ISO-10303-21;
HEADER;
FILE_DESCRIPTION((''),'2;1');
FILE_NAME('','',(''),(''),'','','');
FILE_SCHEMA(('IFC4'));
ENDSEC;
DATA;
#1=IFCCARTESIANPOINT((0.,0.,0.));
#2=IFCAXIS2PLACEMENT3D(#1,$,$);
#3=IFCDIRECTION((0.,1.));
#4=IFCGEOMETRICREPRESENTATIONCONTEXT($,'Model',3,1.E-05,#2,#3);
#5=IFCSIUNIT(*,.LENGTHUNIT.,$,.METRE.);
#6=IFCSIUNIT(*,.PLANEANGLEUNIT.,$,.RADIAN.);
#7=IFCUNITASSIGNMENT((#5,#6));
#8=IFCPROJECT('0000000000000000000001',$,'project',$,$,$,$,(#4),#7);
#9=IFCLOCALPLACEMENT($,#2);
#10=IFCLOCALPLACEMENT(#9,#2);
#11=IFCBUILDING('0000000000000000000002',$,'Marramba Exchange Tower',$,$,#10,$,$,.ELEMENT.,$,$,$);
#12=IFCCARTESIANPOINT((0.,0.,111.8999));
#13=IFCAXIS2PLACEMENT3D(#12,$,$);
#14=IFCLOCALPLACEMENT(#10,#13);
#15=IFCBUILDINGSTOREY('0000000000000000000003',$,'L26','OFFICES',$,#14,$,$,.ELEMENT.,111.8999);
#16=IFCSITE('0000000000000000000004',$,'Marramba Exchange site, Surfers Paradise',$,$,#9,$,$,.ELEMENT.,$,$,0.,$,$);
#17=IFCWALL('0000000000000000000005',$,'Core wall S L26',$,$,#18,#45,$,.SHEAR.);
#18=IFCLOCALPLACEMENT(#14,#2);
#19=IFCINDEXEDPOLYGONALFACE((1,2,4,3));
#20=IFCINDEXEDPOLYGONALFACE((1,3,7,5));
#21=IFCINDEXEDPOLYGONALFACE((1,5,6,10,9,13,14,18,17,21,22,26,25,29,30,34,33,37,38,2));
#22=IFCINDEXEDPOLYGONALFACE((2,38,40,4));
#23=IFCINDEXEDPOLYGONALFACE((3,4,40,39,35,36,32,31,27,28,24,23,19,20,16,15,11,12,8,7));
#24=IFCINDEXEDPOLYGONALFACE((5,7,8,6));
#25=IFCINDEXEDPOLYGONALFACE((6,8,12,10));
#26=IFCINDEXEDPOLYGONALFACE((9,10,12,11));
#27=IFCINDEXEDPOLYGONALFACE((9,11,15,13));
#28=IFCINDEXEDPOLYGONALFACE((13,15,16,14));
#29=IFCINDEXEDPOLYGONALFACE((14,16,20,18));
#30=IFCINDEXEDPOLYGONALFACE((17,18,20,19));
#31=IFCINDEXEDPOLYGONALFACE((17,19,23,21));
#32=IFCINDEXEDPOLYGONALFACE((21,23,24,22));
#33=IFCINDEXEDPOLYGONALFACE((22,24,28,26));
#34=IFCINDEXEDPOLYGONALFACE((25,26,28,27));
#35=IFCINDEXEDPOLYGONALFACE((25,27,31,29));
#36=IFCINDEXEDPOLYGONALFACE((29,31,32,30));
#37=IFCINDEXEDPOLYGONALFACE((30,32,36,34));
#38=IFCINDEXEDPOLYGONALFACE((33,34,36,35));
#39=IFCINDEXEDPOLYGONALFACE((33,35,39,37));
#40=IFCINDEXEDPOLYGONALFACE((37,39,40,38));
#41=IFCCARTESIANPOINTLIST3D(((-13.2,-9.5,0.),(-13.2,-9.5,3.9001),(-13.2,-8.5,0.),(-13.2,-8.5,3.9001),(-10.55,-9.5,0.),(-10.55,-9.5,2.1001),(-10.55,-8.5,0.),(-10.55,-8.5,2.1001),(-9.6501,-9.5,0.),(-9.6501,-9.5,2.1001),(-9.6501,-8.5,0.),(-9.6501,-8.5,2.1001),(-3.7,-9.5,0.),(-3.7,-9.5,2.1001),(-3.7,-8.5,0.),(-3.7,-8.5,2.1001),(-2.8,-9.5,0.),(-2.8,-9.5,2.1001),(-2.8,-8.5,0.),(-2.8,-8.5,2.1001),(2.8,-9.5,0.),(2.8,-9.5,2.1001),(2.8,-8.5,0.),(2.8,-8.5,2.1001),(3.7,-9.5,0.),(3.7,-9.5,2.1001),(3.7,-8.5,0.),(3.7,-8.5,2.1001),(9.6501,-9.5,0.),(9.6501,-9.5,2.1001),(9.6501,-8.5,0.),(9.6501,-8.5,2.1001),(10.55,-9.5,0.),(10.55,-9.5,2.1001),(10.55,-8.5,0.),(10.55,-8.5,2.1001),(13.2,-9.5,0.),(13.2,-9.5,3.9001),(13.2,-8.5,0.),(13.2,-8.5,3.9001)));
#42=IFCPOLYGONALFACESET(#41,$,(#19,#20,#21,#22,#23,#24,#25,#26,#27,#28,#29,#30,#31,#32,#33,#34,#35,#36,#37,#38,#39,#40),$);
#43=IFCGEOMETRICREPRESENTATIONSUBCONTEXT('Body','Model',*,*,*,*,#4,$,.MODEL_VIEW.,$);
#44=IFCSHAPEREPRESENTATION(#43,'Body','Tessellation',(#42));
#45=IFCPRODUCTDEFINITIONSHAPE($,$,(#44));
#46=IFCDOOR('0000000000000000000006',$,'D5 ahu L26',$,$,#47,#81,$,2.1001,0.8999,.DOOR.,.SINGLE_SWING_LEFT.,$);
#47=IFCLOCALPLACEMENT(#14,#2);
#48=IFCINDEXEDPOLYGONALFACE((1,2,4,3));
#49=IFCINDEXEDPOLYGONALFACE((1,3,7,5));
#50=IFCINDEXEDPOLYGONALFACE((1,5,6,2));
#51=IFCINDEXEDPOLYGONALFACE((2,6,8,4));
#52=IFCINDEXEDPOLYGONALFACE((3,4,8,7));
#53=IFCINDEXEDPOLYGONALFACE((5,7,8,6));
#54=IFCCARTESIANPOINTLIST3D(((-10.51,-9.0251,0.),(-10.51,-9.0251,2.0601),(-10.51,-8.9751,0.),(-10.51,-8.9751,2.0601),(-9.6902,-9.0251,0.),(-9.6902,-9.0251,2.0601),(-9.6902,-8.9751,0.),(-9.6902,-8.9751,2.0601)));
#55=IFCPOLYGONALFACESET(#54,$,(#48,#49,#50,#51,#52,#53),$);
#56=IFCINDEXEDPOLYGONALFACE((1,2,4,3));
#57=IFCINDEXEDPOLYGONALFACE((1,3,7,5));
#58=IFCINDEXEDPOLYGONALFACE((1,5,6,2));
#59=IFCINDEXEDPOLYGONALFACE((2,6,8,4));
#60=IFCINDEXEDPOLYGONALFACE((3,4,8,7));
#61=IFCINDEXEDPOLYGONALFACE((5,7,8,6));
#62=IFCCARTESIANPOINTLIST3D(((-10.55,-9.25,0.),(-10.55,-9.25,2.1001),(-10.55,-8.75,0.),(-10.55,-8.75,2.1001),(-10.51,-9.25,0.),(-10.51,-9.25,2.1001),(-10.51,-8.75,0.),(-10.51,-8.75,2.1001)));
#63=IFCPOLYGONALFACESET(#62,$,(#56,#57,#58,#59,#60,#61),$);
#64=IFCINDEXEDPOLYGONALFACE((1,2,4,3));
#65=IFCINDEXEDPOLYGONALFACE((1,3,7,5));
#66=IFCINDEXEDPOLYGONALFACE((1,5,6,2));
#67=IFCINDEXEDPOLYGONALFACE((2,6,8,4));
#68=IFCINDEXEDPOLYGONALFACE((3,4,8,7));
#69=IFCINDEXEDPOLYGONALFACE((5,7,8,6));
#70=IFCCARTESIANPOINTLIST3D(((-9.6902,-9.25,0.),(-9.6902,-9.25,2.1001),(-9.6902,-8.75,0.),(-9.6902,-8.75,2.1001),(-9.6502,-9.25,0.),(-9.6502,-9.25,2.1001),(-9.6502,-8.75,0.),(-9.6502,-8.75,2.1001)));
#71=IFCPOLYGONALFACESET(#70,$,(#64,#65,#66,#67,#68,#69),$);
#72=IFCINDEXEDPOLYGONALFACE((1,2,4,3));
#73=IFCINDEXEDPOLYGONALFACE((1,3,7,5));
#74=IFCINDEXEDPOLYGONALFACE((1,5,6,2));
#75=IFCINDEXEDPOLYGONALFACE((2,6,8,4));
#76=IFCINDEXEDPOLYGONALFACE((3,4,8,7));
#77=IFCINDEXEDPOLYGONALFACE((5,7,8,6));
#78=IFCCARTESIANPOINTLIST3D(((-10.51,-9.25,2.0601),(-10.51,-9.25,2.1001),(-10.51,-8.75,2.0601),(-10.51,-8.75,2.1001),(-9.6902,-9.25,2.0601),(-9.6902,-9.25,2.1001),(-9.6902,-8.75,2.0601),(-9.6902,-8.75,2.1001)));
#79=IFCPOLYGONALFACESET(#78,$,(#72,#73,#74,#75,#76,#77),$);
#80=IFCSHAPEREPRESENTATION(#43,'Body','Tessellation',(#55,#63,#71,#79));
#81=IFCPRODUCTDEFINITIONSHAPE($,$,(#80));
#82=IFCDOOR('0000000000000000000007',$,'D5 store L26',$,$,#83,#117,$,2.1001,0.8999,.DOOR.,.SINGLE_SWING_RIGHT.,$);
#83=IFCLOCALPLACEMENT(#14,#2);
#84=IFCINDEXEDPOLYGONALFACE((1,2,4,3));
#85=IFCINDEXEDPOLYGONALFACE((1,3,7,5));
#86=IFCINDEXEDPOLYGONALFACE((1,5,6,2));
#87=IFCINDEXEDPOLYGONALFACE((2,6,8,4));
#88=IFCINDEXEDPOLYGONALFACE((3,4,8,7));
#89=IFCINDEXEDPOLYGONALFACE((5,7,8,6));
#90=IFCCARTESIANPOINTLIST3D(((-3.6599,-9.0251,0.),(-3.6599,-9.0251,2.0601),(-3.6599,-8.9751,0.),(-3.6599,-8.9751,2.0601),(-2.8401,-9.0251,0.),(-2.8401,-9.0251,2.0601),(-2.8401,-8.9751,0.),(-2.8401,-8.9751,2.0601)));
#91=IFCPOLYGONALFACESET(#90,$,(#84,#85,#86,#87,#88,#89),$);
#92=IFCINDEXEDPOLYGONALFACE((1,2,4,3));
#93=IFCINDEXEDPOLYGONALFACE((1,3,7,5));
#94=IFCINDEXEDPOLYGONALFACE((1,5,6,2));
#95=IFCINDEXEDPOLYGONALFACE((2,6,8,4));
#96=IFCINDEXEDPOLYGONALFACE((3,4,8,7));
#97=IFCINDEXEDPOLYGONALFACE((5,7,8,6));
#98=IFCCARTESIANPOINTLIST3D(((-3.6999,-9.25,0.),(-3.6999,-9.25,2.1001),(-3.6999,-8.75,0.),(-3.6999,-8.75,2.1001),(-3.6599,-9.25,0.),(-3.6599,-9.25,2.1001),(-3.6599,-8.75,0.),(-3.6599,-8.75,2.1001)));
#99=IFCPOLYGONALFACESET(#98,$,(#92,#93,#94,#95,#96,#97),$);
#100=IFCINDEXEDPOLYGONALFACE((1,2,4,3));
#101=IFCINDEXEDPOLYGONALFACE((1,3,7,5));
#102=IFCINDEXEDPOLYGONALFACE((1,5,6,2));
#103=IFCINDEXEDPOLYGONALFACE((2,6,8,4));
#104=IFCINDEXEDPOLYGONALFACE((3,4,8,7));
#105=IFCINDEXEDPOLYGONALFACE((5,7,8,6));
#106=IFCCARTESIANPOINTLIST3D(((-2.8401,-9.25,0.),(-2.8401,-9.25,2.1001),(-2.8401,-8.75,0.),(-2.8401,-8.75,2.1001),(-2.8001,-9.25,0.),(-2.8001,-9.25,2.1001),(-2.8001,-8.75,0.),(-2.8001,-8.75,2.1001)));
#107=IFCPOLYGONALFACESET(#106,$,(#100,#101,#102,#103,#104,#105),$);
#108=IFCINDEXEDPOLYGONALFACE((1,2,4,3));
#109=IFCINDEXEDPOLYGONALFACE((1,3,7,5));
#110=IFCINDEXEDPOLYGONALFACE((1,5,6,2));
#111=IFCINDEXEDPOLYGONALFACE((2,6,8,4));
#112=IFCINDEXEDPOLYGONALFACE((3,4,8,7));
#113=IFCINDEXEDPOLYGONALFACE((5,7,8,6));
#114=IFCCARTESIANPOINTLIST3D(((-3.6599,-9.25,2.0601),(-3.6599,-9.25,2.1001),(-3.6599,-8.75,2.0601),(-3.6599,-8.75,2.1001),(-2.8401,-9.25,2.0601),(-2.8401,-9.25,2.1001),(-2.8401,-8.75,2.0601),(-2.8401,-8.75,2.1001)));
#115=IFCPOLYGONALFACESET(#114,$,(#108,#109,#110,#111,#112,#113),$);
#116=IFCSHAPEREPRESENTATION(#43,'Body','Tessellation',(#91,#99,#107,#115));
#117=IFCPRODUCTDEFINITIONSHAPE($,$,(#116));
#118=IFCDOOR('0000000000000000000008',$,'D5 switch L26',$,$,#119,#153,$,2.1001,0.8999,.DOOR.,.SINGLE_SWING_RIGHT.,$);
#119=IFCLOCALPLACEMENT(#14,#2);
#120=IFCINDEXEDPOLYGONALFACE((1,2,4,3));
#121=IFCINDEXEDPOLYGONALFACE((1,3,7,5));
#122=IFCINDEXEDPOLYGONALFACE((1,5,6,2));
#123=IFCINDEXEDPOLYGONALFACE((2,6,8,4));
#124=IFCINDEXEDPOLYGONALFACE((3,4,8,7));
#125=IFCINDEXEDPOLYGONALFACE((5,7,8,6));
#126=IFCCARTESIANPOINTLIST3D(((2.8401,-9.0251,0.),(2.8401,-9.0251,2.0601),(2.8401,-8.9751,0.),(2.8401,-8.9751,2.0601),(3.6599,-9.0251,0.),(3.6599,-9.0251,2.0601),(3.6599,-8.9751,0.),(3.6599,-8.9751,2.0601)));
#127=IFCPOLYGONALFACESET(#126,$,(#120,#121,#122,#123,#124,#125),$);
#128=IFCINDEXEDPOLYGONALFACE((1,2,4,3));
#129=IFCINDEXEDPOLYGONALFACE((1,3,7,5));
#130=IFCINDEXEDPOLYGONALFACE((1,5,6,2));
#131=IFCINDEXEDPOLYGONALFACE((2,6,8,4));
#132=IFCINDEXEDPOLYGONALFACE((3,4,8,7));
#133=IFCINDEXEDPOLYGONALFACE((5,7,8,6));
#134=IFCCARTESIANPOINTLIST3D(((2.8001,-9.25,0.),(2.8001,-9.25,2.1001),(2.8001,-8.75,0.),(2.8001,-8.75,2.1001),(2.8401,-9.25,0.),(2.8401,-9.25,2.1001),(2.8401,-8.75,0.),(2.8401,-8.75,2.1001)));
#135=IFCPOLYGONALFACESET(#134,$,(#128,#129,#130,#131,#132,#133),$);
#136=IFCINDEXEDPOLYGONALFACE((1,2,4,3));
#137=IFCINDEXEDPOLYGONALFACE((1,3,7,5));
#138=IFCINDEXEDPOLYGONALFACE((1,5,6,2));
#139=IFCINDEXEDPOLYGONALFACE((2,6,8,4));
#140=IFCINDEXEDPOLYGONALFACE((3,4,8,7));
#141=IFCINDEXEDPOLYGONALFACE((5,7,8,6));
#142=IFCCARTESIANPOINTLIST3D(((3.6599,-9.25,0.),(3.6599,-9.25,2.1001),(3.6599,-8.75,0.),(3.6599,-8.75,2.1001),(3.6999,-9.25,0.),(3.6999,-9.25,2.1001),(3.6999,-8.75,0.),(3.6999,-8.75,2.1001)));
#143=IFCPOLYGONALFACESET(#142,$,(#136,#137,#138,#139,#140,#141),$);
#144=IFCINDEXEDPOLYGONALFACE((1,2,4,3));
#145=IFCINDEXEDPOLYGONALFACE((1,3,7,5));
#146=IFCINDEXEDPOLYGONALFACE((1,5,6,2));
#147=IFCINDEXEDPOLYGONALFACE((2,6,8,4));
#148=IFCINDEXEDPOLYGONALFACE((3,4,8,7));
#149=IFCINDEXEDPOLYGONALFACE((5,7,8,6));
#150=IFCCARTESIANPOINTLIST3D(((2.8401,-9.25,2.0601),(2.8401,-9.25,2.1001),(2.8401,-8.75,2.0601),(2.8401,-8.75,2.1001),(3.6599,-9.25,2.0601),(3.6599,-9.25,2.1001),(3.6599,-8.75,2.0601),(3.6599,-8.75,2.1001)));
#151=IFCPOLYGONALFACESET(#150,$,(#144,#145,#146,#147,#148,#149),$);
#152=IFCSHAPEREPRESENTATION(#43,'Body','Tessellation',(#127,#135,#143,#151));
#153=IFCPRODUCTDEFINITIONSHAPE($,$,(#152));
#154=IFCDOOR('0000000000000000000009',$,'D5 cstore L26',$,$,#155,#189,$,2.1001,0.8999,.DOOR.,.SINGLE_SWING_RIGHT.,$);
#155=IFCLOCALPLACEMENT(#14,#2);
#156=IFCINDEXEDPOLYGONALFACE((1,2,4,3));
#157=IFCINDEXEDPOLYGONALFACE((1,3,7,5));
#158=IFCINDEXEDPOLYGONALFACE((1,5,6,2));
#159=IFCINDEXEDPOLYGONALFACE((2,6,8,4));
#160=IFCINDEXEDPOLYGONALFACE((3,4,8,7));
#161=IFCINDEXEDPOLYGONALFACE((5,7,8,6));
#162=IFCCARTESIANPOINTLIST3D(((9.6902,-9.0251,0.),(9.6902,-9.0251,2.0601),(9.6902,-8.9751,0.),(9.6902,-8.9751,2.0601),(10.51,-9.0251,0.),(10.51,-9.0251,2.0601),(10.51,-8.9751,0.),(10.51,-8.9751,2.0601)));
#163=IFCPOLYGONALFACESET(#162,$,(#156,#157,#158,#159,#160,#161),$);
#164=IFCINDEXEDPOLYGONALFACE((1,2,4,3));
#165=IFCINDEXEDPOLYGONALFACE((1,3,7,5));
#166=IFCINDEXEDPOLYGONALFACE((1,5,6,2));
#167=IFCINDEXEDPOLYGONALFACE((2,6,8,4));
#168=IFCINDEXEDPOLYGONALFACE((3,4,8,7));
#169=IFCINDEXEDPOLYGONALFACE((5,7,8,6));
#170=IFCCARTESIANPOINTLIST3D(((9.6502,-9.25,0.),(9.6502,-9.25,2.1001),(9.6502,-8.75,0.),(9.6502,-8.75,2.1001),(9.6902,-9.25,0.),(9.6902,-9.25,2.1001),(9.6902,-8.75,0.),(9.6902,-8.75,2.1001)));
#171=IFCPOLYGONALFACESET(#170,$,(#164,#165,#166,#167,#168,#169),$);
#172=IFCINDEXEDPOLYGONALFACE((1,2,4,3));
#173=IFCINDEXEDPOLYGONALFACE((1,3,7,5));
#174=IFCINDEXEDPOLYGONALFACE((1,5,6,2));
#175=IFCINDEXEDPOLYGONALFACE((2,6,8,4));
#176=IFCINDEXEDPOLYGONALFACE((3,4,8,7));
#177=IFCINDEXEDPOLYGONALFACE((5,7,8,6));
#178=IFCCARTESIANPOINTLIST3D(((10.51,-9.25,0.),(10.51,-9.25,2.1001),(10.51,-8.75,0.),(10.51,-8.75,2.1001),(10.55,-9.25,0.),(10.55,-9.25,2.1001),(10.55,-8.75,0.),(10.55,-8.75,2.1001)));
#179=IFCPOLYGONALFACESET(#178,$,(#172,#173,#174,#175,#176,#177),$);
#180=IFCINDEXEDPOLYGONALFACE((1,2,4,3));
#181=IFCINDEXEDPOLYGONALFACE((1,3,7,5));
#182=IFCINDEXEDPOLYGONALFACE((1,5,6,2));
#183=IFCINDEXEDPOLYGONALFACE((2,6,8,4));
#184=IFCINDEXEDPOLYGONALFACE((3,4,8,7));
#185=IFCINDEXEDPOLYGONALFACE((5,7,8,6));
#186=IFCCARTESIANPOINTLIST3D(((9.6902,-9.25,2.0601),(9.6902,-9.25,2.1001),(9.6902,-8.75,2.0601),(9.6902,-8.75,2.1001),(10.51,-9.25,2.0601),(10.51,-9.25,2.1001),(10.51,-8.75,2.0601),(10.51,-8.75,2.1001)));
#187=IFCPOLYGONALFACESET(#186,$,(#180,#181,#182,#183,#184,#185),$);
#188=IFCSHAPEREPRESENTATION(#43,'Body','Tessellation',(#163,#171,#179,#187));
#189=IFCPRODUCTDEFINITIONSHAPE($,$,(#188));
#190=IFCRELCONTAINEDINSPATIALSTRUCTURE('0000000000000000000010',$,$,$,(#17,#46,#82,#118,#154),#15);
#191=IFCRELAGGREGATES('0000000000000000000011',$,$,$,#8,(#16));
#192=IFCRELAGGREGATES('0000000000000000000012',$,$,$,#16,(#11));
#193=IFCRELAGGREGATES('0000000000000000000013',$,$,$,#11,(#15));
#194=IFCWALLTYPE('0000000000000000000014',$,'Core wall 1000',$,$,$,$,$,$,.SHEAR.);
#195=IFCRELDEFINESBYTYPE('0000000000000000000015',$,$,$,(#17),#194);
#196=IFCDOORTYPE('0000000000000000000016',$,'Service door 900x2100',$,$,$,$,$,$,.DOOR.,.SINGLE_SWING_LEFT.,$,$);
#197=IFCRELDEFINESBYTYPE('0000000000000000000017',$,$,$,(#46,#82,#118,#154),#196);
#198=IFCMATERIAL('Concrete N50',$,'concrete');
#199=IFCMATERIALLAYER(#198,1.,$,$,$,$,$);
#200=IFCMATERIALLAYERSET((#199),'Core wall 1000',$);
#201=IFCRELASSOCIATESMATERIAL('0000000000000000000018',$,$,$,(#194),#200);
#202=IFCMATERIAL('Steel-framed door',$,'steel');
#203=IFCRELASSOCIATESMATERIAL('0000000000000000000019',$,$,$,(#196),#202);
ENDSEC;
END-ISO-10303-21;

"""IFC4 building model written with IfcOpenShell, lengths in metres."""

from ifc_helpers import new_model, si_unit, direction, frame, frame_2d, origin, place, context, subcontext, project, spatial, rectangle, extrude, material, layer, layer_set, type_object, element, fill, save


model = new_model("IFC4")

# Units and contexts
model_context = context("Model", 3, precision=1e-05, world=origin(), true_north=direction((0.0, 1.0)))
body_context = subcontext(model_context, "Body", "Model", "MODEL_VIEW")
ifc_project = project(units=[si_unit("LENGTHUNIT", "METRE"), si_unit("PLANEANGLEUNIT", "RADIAN")], contexts=[model_context])

# Site, building, storey
site_placement = place(None, origin())
site = spatial("IfcSite", under=ifc_project, at=site_placement, Name="Marramba Exchange site, Surfers Paradise", CompositionType="ELEMENT", RefElevation=0.0)
building_placement = place(site_placement, origin())
building = spatial("IfcBuilding", under=site, at=building_placement, Name="Marramba Exchange Tower", CompositionType="ELEMENT")
storey_placement = place(building_placement, frame((0.0, 0.0, 111.8999)))
storey = spatial("IfcBuildingStorey", under=building, at=storey_placement, Name="L26", Description="OFFICES", CompositionType="ELEMENT", Elevation=111.8999)

# Shared definitions
ifc_material_1 = material(Name="Concrete N50", Category="concrete")

# Wall, openings, doors
ifc_layer_1 = layer(ifc_material_1, 1.0)
ifc_layer_set_1 = layer_set([ifc_layer_1], Name="Core wall 1000")
wall_type_1 = type_object("IfcWallType", Name="Core wall 1000", PredefinedType="SHEAR", material=ifc_layer_set_1)
wall_1_placement = place(storey_placement, frame((-13.2, -9.0, 0.0), z_axis=(0.0, 0.0, 1.0), x_axis=(1.0, 0.0, 0.0)))
wall_1 = element("IfcWall", 1, at=wall_1_placement, inside=storey, type_object=wall_type_1, Name="Core wall S L26", PredefinedType="SHEAR", context=body_context, shape_type="SweptSolid", body=[
    extrude(rectangle(XDim=26.3999, YDim=1.0, at=frame_2d((13.2, 0.0))), origin(), (0.0, 0.0, 1.0), 3.9001),
])
opening_1_placement = place(wall_1_placement, frame((2.6499, 0.0, 0.0)))
opening_1 = element("IfcOpeningElement", 2, at=opening_1_placement, cuts=wall_1, PredefinedType="OPENING", context=body_context, shape_type="SweptSolid", body=[
    extrude(rectangle(XDim=0.8999, YDim=2.1001, at=frame_2d((0.45, 1.05))), frame((0.0, 0.51, 0.0), z_axis=(0.0, -1.0, 0.0), x_axis=(1.0, 0.0, 0.0)), (0.0, 0.0, 1.0), 1.02),
])
opening_2_placement = place(wall_1_placement, frame((9.5, 0.0, 0.0)))
opening_2 = element("IfcOpeningElement", 3, at=opening_2_placement, cuts=wall_1, PredefinedType="OPENING", context=body_context, shape_type="SweptSolid", body=[
    extrude(rectangle(XDim=0.8999, YDim=2.1001, at=frame_2d((0.45, 1.05))), frame((0.0, 0.51, 0.0), z_axis=(0.0, -1.0, 0.0), x_axis=(1.0, 0.0, 0.0)), (0.0, 0.0, 1.0), 1.02),
])
opening_3_placement = place(wall_1_placement, frame((16.0, 0.0, 0.0)))
opening_3 = element("IfcOpeningElement", 4, at=opening_3_placement, cuts=wall_1, PredefinedType="OPENING", context=body_context, shape_type="SweptSolid", body=[
    extrude(rectangle(XDim=0.8999, YDim=2.1001, at=frame_2d((0.45, 1.05))), frame((0.0, 0.51, 0.0), z_axis=(0.0, -1.0, 0.0), x_axis=(1.0, 0.0, 0.0)), (0.0, 0.0, 1.0), 1.02),
])
opening_4_placement = place(wall_1_placement, frame((22.8501, 0.0, 0.0)))
opening_4 = element("IfcOpeningElement", 5, at=opening_4_placement, cuts=wall_1, PredefinedType="OPENING", context=body_context, shape_type="SweptSolid", body=[
    extrude(rectangle(XDim=0.8999, YDim=2.1001, at=frame_2d((0.45, 1.05))), frame((0.0, 0.51, 0.0), z_axis=(0.0, -1.0, 0.0), x_axis=(1.0, 0.0, 0.0)), (0.0, 0.0, 1.0), 1.02),
])
ifc_material_2 = material(Name="Steel-framed door", Category="steel")
door_type = type_object("IfcDoorType", Name="Service door 900x2100", OperationType="SINGLE_SWING_LEFT", PredefinedType="DOOR", material=ifc_material_2)
door_1_placement = place(opening_1_placement, origin())
door_1 = element("IfcDoor", 6, at=door_1_placement, inside=storey, type_object=door_type, Name="D5 ahu L26", OperationType="SINGLE_SWING_LEFT", OverallHeight=2.1001, OverallWidth=0.8999, PredefinedType="DOOR", context=body_context, shape_type="SweptSolid", body=[
    extrude(rectangle(XDim=0.8198, YDim=2.0601, at=frame_2d((0.45, 1.03))), frame((0.0, 0.0249, 0.0), z_axis=(0.0, -1.0, 0.0), x_axis=(1.0, 0.0, 0.0)), (0.0, 0.0, 1.0), 0.05),
    extrude(rectangle(XDim=0.04, YDim=2.1001, at=frame_2d((0.02, 1.05))), frame((0.0, 0.25, 0.0), z_axis=(0.0, -1.0, 0.0), x_axis=(1.0, 0.0, 0.0)), (0.0, 0.0, 1.0), 0.5),
    extrude(rectangle(XDim=0.04, YDim=2.1001, at=frame_2d((0.8799, 1.05))), frame((0.0, 0.25, 0.0), z_axis=(0.0, -1.0, 0.0), x_axis=(1.0, 0.0, 0.0)), (0.0, 0.0, 1.0), 0.5),
    extrude(rectangle(XDim=0.8198, YDim=0.04, at=frame_2d((0.45, 2.0801))), frame((0.0, 0.25, 0.0), z_axis=(0.0, -1.0, 0.0), x_axis=(1.0, 0.0, 0.0)), (0.0, 0.0, 1.0), 0.5),
])
fill(opening_1, door_1)
door_2_placement = place(opening_2_placement, origin())
door_2 = element("IfcDoor", 7, at=door_2_placement, inside=storey, type_object=door_type, Name="D5 store L26", OperationType="SINGLE_SWING_RIGHT", OverallHeight=2.1001, OverallWidth=0.8999, PredefinedType="DOOR", context=body_context, shape_type="SweptSolid", body=[
    extrude(rectangle(XDim=0.8198, YDim=2.0601, at=frame_2d((0.45, 1.03))), frame((0.0, 0.0249, 0.0), z_axis=(0.0, -1.0, 0.0), x_axis=(1.0, 0.0, 0.0)), (0.0, 0.0, 1.0), 0.05),
    extrude(rectangle(XDim=0.04, YDim=2.1001, at=frame_2d((0.02, 1.05))), frame((0.0, 0.25, 0.0), z_axis=(0.0, -1.0, 0.0), x_axis=(1.0, 0.0, 0.0)), (0.0, 0.0, 1.0), 0.5),
    extrude(rectangle(XDim=0.04, YDim=2.1001, at=frame_2d((0.8799, 1.05))), frame((0.0, 0.25, 0.0), z_axis=(0.0, -1.0, 0.0), x_axis=(1.0, 0.0, 0.0)), (0.0, 0.0, 1.0), 0.5),
    extrude(rectangle(XDim=0.8198, YDim=0.04, at=frame_2d((0.45, 2.0801))), frame((0.0, 0.25, 0.0), z_axis=(0.0, -1.0, 0.0), x_axis=(1.0, 0.0, 0.0)), (0.0, 0.0, 1.0), 0.5),
])
fill(opening_2, door_2)
door_3_placement = place(opening_3_placement, origin())
door_3 = element("IfcDoor", 8, at=door_3_placement, inside=storey, type_object=door_type, Name="D5 switch L26", OperationType="SINGLE_SWING_RIGHT", OverallHeight=2.1001, OverallWidth=0.8999, PredefinedType="DOOR", context=body_context, shape_type="SweptSolid", body=[
    extrude(rectangle(XDim=0.8198, YDim=2.0601, at=frame_2d((0.45, 1.03))), frame((0.0, 0.0249, 0.0), z_axis=(0.0, -1.0, 0.0), x_axis=(1.0, 0.0, 0.0)), (0.0, 0.0, 1.0), 0.05),
    extrude(rectangle(XDim=0.04, YDim=2.1001, at=frame_2d((0.02, 1.05))), frame((0.0, 0.25, 0.0), z_axis=(0.0, -1.0, 0.0), x_axis=(1.0, 0.0, 0.0)), (0.0, 0.0, 1.0), 0.5),
    extrude(rectangle(XDim=0.04, YDim=2.1001, at=frame_2d((0.8799, 1.05))), frame((0.0, 0.25, 0.0), z_axis=(0.0, -1.0, 0.0), x_axis=(1.0, 0.0, 0.0)), (0.0, 0.0, 1.0), 0.5),
    extrude(rectangle(XDim=0.8198, YDim=0.04, at=frame_2d((0.45, 2.0801))), frame((0.0, 0.25, 0.0), z_axis=(0.0, -1.0, 0.0), x_axis=(1.0, 0.0, 0.0)), (0.0, 0.0, 1.0), 0.5),
])
fill(opening_3, door_3)
door_4_placement = place(opening_4_placement, origin())
door_4 = element("IfcDoor", 9, at=door_4_placement, inside=storey, type_object=door_type, Name="D5 cstore L26", OperationType="SINGLE_SWING_RIGHT", OverallHeight=2.1001, OverallWidth=0.8999, PredefinedType="DOOR", context=body_context, shape_type="SweptSolid", body=[
    extrude(rectangle(XDim=0.8198, YDim=2.0601, at=frame_2d((0.45, 1.03))), frame((0.0, 0.0249, 0.0), z_axis=(0.0, -1.0, 0.0), x_axis=(1.0, 0.0, 0.0)), (0.0, 0.0, 1.0), 0.05),
    extrude(rectangle(XDim=0.04, YDim=2.1001, at=frame_2d((0.02, 1.05))), frame((0.0, 0.25, 0.0), z_axis=(0.0, -1.0, 0.0), x_axis=(1.0, 0.0, 0.0)), (0.0, 0.0, 1.0), 0.5),
    extrude(rectangle(XDim=0.04, YDim=2.1001, at=frame_2d((0.8799, 1.05))), frame((0.0, 0.25, 0.0), z_axis=(0.0, -1.0, 0.0), x_axis=(1.0, 0.0, 0.0)), (0.0, 0.0, 1.0), 0.5),
    extrude(rectangle(XDim=0.8198, YDim=0.04, at=frame_2d((0.45, 2.0801))), frame((0.0, 0.25, 0.0), z_axis=(0.0, -1.0, 0.0), x_axis=(1.0, 0.0, 0.0)), (0.0, 0.0, 1.0), 0.5),
])
fill(opening_4, door_4)

save(model, "model.ifc")
